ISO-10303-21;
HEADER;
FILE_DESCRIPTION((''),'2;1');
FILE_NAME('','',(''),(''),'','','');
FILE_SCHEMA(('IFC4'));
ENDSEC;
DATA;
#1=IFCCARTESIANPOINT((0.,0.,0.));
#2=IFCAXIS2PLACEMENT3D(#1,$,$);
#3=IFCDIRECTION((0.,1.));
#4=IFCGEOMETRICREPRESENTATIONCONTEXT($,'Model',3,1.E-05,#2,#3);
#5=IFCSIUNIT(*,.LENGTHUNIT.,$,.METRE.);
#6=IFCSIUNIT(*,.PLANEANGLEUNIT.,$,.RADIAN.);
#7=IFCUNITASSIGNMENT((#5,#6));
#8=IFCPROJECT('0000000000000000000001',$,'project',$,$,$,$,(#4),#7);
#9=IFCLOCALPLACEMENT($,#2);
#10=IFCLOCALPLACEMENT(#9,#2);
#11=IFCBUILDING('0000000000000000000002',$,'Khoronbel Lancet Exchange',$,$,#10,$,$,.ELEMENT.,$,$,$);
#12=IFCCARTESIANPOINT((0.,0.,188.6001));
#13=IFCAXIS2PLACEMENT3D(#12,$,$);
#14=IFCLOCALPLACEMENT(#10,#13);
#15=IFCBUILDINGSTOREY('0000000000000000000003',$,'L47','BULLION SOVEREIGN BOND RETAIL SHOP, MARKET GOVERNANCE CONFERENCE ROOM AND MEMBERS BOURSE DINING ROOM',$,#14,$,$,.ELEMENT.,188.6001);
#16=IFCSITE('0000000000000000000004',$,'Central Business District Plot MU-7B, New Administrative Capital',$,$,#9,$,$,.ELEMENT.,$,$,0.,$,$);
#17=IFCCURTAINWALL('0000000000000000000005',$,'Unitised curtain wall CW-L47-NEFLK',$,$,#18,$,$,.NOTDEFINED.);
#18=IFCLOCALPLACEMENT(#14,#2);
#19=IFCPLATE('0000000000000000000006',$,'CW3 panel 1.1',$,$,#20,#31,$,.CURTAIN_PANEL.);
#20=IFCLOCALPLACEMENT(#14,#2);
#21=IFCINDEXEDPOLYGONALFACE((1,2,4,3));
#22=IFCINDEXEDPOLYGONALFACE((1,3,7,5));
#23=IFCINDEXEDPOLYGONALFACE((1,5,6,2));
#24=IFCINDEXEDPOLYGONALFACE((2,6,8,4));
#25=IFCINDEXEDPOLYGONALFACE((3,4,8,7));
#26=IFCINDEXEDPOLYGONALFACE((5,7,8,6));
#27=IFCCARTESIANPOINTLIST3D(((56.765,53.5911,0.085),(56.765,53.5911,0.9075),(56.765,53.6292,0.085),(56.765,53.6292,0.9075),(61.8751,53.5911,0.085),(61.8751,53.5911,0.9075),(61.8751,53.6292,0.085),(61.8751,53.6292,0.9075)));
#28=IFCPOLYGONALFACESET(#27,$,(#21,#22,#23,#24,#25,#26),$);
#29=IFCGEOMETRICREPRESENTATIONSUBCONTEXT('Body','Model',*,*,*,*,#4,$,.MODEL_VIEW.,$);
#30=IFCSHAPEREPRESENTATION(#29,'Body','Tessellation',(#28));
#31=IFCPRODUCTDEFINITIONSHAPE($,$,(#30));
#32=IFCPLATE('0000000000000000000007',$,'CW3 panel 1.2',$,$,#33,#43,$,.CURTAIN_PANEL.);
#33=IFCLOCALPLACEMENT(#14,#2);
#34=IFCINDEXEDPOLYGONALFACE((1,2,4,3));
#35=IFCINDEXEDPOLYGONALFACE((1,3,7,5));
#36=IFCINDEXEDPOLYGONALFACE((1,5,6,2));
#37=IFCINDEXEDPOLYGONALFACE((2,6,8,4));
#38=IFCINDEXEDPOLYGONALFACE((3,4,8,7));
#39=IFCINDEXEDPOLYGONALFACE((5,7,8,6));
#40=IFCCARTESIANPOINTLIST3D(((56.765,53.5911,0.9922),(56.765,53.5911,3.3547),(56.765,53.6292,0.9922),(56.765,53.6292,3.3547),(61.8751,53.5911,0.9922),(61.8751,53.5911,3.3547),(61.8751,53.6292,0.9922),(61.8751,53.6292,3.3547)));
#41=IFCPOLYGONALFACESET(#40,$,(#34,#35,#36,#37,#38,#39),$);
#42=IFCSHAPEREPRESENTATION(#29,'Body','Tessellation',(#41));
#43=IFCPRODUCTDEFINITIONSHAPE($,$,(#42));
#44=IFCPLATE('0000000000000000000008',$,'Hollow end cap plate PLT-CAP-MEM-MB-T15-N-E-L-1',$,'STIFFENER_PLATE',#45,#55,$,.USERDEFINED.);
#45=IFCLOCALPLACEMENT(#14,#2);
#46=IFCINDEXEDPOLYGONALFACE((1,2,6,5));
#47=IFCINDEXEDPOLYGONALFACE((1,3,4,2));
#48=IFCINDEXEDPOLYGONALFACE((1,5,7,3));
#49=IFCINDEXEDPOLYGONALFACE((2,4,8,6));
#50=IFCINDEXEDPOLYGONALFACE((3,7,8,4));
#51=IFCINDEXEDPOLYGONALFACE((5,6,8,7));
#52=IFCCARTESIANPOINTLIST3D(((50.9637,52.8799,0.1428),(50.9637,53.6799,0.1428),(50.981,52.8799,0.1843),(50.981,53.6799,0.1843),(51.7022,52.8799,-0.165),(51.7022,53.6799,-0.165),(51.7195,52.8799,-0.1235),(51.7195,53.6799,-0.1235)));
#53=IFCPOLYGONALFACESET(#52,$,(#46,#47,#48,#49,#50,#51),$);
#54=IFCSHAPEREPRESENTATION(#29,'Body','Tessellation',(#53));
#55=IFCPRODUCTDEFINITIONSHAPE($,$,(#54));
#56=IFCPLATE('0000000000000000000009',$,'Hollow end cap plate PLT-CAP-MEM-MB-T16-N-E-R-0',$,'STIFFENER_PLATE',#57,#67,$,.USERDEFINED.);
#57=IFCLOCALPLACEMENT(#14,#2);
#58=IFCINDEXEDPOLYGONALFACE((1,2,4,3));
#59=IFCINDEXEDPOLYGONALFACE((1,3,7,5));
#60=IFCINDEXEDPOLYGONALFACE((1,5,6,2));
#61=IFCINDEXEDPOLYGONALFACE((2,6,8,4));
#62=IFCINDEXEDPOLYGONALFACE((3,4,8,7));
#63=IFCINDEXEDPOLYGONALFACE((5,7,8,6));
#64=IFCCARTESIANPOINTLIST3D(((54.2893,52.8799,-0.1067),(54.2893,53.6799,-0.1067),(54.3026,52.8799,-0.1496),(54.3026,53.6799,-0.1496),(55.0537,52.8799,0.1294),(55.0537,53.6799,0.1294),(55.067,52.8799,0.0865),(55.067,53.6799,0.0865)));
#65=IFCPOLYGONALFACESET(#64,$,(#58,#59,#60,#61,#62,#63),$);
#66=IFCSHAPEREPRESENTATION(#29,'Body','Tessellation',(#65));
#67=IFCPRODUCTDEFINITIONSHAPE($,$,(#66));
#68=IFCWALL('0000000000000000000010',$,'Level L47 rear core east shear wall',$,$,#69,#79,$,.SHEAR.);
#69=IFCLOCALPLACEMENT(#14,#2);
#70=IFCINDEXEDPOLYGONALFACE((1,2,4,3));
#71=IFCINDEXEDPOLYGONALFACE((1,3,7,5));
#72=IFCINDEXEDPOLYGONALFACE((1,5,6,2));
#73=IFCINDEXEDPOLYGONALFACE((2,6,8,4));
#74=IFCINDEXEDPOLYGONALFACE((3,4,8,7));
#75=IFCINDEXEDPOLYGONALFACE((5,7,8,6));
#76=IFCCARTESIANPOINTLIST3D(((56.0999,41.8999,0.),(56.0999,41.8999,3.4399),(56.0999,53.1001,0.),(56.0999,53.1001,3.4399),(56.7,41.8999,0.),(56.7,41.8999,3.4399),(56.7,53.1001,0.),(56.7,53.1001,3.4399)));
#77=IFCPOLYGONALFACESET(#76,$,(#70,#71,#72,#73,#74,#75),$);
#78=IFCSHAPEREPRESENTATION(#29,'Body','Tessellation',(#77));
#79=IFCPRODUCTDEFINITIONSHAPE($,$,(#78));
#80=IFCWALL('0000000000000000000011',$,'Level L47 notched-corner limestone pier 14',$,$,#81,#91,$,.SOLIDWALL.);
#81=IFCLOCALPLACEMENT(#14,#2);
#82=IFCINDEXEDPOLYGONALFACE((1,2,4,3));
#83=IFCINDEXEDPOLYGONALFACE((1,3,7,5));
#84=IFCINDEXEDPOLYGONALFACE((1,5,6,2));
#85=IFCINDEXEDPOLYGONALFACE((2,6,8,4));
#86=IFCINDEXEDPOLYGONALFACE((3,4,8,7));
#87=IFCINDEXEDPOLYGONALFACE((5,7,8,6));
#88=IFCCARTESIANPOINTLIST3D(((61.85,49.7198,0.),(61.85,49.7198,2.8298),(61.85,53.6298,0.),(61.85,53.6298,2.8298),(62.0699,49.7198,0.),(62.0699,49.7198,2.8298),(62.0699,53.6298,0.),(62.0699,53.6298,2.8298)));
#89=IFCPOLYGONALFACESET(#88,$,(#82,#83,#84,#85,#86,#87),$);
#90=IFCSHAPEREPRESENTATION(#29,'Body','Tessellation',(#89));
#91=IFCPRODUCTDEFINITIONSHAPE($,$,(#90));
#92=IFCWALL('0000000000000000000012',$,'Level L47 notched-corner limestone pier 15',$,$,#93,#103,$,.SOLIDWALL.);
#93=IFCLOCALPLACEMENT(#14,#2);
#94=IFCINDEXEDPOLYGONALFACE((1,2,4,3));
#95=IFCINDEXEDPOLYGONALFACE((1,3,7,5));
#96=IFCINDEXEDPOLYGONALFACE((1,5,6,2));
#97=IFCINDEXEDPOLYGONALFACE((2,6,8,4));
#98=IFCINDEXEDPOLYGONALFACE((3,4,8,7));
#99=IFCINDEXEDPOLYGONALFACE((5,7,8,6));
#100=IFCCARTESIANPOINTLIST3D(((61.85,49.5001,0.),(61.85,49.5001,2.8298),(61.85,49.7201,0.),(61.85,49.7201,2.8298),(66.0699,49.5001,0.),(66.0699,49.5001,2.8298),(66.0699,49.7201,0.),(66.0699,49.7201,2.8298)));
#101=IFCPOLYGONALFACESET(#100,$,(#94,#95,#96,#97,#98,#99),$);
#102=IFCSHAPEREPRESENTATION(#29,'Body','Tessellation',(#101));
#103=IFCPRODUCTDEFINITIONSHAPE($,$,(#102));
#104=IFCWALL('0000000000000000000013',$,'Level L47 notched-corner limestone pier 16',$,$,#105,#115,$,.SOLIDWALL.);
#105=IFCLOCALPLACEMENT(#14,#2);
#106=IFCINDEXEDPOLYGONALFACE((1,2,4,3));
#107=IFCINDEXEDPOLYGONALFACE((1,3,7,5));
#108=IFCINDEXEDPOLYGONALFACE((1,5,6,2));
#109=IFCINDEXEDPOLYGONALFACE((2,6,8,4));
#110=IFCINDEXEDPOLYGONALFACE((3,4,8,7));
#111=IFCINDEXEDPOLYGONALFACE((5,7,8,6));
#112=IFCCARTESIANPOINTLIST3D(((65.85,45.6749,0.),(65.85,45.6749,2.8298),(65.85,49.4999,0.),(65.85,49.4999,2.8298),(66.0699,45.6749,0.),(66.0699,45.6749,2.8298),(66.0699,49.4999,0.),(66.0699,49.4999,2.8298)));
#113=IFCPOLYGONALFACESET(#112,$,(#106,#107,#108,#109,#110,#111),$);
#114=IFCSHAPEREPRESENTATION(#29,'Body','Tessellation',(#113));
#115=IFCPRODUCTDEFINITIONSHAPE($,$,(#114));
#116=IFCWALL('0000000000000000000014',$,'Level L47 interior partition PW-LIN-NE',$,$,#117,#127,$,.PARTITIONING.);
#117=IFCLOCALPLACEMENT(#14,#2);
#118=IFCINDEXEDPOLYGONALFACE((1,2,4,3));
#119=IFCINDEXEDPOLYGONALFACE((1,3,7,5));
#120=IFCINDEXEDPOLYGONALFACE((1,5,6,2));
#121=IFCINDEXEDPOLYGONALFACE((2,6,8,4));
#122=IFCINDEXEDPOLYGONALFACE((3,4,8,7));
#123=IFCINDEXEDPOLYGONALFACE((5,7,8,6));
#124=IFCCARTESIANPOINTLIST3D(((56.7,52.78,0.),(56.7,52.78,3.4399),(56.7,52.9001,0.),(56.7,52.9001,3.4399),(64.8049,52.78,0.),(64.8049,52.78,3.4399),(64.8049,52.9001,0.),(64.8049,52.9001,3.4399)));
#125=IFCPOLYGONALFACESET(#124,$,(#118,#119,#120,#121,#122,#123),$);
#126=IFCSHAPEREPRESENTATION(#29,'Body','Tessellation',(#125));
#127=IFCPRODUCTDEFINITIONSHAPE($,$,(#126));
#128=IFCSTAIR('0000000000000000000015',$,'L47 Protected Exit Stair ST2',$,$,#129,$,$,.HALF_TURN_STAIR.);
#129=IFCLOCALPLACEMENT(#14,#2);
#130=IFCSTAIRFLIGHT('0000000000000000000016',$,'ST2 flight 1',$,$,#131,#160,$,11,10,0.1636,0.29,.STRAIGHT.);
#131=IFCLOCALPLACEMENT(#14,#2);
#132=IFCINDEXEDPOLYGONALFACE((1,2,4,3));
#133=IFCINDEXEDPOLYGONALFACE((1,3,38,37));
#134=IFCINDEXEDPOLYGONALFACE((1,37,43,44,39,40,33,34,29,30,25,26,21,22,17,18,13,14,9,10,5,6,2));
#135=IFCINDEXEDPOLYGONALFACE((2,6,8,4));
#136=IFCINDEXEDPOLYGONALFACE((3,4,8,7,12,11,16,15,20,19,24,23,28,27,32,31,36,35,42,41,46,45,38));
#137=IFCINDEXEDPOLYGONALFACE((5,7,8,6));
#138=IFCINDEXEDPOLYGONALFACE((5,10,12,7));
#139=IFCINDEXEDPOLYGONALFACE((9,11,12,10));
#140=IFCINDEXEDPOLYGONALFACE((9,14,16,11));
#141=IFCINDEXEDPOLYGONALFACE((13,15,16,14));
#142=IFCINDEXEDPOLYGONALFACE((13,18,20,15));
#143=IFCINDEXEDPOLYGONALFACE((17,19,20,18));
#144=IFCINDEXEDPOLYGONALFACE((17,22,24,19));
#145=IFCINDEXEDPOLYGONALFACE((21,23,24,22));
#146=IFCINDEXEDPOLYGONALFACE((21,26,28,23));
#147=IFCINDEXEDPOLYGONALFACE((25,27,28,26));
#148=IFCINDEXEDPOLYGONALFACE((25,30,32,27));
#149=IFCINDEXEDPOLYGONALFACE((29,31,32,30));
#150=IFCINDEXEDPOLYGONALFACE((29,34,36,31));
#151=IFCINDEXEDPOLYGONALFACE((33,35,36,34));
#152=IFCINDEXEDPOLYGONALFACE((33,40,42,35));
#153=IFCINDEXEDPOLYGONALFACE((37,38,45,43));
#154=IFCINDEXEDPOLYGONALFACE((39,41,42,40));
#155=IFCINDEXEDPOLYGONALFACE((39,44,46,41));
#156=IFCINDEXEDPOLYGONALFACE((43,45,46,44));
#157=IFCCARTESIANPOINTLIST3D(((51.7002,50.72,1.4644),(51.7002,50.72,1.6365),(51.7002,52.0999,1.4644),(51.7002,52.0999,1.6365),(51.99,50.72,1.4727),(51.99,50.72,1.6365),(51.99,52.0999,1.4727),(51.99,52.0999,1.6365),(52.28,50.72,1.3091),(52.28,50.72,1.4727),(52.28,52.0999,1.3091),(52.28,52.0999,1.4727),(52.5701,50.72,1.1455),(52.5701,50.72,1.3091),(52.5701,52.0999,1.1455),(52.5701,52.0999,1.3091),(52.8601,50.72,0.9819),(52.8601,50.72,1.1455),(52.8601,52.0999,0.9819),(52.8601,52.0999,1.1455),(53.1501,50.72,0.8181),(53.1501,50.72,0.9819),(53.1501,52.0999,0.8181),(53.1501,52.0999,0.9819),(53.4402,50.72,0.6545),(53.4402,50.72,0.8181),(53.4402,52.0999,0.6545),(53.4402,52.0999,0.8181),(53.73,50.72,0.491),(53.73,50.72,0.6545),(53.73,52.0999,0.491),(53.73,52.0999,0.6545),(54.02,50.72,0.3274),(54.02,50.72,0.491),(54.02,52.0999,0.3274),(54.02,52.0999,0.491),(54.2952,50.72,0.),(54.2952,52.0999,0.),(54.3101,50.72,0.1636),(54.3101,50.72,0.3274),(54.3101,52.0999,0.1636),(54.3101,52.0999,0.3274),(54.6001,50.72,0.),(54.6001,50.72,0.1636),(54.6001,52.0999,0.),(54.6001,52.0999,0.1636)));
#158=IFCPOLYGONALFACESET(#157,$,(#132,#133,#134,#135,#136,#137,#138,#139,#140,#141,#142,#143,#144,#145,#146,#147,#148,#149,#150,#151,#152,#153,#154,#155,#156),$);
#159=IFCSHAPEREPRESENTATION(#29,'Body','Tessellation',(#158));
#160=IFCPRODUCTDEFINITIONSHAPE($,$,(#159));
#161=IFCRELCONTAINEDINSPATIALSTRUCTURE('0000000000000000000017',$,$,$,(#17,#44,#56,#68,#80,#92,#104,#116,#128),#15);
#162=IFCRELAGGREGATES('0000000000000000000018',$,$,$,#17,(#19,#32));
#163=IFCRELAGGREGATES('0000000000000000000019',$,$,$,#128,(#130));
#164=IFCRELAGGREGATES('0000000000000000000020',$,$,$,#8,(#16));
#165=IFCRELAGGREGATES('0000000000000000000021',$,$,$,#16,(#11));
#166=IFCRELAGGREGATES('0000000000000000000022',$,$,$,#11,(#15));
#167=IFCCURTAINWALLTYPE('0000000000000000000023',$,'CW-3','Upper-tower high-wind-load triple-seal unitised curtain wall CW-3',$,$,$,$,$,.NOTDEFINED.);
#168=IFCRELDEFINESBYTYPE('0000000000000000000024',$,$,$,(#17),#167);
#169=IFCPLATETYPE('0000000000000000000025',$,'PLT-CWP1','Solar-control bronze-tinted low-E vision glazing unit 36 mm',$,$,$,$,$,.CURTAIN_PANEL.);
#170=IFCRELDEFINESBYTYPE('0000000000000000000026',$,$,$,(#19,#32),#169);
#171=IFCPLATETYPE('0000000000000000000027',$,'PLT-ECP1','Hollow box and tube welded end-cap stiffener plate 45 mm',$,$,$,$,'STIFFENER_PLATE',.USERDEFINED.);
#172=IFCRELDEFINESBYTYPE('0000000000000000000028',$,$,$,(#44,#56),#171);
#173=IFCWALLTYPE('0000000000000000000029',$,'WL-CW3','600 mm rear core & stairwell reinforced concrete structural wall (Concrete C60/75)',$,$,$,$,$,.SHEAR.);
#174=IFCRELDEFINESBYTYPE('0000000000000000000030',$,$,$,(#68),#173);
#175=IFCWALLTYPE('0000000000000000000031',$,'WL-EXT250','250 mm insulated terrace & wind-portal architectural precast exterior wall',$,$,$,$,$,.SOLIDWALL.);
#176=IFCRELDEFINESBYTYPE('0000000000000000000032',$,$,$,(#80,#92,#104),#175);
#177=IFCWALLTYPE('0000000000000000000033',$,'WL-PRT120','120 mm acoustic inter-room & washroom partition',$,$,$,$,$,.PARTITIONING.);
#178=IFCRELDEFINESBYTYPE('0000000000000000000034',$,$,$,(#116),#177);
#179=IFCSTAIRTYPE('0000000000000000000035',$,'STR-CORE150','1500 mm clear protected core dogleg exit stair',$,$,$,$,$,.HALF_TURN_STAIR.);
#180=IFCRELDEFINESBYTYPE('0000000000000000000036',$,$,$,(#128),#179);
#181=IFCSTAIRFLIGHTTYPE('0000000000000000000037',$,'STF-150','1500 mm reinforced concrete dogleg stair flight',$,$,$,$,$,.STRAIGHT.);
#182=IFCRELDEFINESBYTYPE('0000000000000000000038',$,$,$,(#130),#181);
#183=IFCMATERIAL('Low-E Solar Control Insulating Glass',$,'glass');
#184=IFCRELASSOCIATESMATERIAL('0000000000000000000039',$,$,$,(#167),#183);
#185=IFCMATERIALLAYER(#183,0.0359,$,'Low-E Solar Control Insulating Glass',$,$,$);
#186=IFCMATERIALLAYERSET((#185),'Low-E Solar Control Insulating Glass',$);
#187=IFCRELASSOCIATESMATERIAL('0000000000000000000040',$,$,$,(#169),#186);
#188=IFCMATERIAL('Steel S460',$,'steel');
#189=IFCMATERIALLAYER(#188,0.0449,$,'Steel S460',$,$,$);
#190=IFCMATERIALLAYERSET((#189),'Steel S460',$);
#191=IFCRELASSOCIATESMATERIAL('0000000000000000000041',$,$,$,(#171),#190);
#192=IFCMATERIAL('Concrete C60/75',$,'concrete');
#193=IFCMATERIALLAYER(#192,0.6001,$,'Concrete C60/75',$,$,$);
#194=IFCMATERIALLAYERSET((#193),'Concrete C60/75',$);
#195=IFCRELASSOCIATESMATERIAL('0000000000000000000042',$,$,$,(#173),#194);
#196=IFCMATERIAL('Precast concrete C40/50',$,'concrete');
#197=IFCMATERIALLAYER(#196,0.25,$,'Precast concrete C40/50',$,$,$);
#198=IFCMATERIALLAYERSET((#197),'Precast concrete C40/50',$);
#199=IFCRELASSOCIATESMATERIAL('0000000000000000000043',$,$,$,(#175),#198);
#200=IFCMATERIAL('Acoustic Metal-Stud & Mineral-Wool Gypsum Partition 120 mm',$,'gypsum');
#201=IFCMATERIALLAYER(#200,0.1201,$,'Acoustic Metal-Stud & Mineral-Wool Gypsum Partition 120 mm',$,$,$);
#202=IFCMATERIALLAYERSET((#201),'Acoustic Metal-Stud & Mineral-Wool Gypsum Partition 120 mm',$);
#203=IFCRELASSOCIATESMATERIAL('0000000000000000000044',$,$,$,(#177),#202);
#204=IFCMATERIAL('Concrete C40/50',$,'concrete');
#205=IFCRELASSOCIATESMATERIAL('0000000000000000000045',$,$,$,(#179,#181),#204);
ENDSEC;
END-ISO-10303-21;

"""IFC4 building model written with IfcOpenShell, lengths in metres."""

from ifc_helpers import new_model, si_unit, direction, frame, frame_2d, origin, origin_2d, place, context, subcontext, project, spatial, polyline, rectangle, outline, extrude, material, layer, layer_set, type_object, element, aggregate, save


model = new_model("IFC4")

# Units and contexts
model_context = context("Model", 3, precision=1e-05, world=origin(), true_north=direction((0.0, 1.0)))
body_context = subcontext(model_context, "Body", "Model", "MODEL_VIEW")
ifc_project = project(units=[si_unit("LENGTHUNIT", "METRE"), si_unit("PLANEANGLEUNIT", "RADIAN")], contexts=[model_context])

# Site, building, storey
site_placement = place(None, origin())
site = spatial("IfcSite", under=ifc_project, at=site_placement, Name="Central Business District Plot MU-7B, New Administrative Capital", CompositionType="ELEMENT", RefElevation=0.0)
building_placement = place(site_placement, origin())
building = spatial("IfcBuilding", under=site, at=building_placement, Name="Khoronbel Lancet Exchange", CompositionType="ELEMENT")
storey_placement = place(building_placement, frame((0.0, 0.0, 188.6001)))
storey = spatial("IfcBuildingStorey", under=building, at=storey_placement, Name="L47", Description="BULLION SOVEREIGN BOND RETAIL SHOP, MARKET GOVERNANCE CONFERENCE ROOM AND MEMBERS BOURSE DINING ROOM", CompositionType="ELEMENT", Elevation=188.6001)

# Shared definitions
ifc_material_1 = material(Name="Steel S460", Category="steel")

# Curtain wall
ifc_material_2 = material(Name="Low-E Solar Control Insulating Glass", Category="glass")
curtain_wall_type = type_object("IfcCurtainWallType", Name="CW-3", Description="Upper-tower high-wind-load triple-seal unitised curtain wall CW-3", PredefinedType="NOTDEFINED", material=ifc_material_2)
curtain_wall_placement = place(storey_placement, origin())
curtain_wall = element("IfcCurtainWall", 1, at=curtain_wall_placement, inside=storey, type_object=curtain_wall_type, Name="Unitised curtain wall CW-L47-NEFLK", PredefinedType="NOTDEFINED")

# Plates
ifc_layer_1 = layer(ifc_material_2, 0.0359, Name="Low-E Solar Control Insulating Glass")
ifc_layer_set_1 = layer_set([ifc_layer_1], Name="Low-E Solar Control Insulating Glass")
plate_type_1 = type_object("IfcPlateType", Name="PLT-CWP1", Description="Solar-control bronze-tinted low-E vision glazing unit 36 mm", PredefinedType="CURTAIN_PANEL", material=ifc_layer_set_1)
plate_1_placement = place(storey_placement, frame((59.3201, 53.6101, 0.085), z_axis=(0.0, 0.0, 1.0), x_axis=(-1.0, 0.0, 0.0)))
plate_1 = element("IfcPlate", 2, at=plate_1_placement, type_object=plate_type_1, Name="CW3 panel 1.1", PredefinedType="CURTAIN_PANEL", context=body_context, shape_type="SweptSolid", body=[
    extrude(rectangle(XDim=5.1101, YDim=0.0381, at=origin_2d()), origin(), (0.0, 0.0, 1.0), 0.8225),
])
plate_2_placement = place(storey_placement, frame((59.3201, 53.6101, 0.9922), z_axis=(0.0, 0.0, 1.0), x_axis=(-1.0, 0.0, 0.0)))
plate_2 = element("IfcPlate", 3, at=plate_2_placement, type_object=plate_type_1, Name="CW3 panel 1.2", PredefinedType="CURTAIN_PANEL", context=body_context, shape_type="SweptSolid", body=[
    extrude(rectangle(XDim=5.1101, YDim=0.0381, at=origin_2d()), origin(), (0.0, 0.0, 1.0), 2.3625),
])
aggregate(curtain_wall, [plate_1, plate_2])

# Plates
ifc_layer_2 = layer(ifc_material_1, 0.0449, Name="Steel S460")
ifc_layer_set_2 = layer_set([ifc_layer_2], Name="Steel S460")
plate_type_2 = type_object("IfcPlateType", Name="PLT-ECP1", Description="Hollow box and tube welded end-cap stiffener plate 45 mm", ElementType="STIFFENER_PLATE", PredefinedType="USERDEFINED", material=ifc_layer_set_2)
for number, where, z_axis, x_axis, name in (
    (4, (51.7195, 52.8799, -0.1235), (0.384767, 0.0, 0.923014), (0.0, 1.0, 0.0), "Hollow end cap plate PLT-CAP-MEM-MB-T15-N-E-L-1"),
    (5, (54.2893, 53.6799, -0.1067), (-0.295094, 0.0, 0.955468), (0.0, -1.0, 0.0), "Hollow end cap plate PLT-CAP-MEM-MB-T16-N-E-R-0"),
):
    element("IfcPlate", number, at=place(storey_placement, frame(where, z_axis=z_axis, x_axis=x_axis)), inside=storey, type_object=plate_type_2, Name=name, ObjectType="STIFFENER_PLATE", PredefinedType="USERDEFINED", context=body_context, shape_type="SweptSolid", body=[
        extrude(outline(polyline([(0.0, 0.0), (0.8, 0.0), (0.8, 0.8), (0.0, 0.8), (0.0, 0.0)])), origin(), (0.0, 0.0, -1.0), 0.0449),
    ])

# Walls
ifc_material_3 = material(Name="Concrete C60/75", Category="concrete")
ifc_layer_3 = layer(ifc_material_3, 0.6001, Name="Concrete C60/75")
ifc_layer_set_3 = layer_set([ifc_layer_3], Name="Concrete C60/75")
wall_type_1 = type_object("IfcWallType", Name="WL-CW3", Description="600 mm rear core & stairwell reinforced concrete structural wall (Concrete C60/75)", PredefinedType="SHEAR", material=ifc_layer_set_3)
wall_1_placement = place(storey_placement, frame((56.3999, 53.1001, 0.0), z_axis=(0.0, 0.0, 1.0), x_axis=(0.0, -1.0, 0.0)))
element("IfcWall", 6, at=wall_1_placement, inside=storey, type_object=wall_type_1, Name="Level L47 rear core east shear wall", PredefinedType="SHEAR", context=body_context, shape_type="SweptSolid", body=[
    extrude(rectangle(XDim=11.2002, YDim=0.6001, at=frame_2d((5.6001, 0.0))), origin(), (0.0, 0.0, 1.0), 3.4399),
])
ifc_material_4 = material(Name="Precast concrete C40/50", Category="concrete")
ifc_layer_4 = layer(ifc_material_4, 0.25, Name="Precast concrete C40/50")
ifc_layer_set_4 = layer_set([ifc_layer_4], Name="Precast concrete C40/50")
wall_type_2 = type_object("IfcWallType", Name="WL-EXT250", Description="250 mm insulated terrace & wind-portal architectural precast exterior wall", PredefinedType="SOLIDWALL", material=ifc_layer_set_4)
wall_2_placement = place(storey_placement, frame((61.96, 53.6299, 0.0), z_axis=(0.0, 0.0, 1.0), x_axis=(0.0, -1.0, 0.0)))
element("IfcWall", 7, at=wall_2_placement, inside=storey, type_object=wall_type_2, Name="Level L47 notched-corner limestone pier 14", PredefinedType="SOLIDWALL", context=body_context, shape_type="SweptSolid", body=[
    extrude(rectangle(XDim=3.9099, YDim=0.22, at=frame_2d((1.9551, 0.0))), origin(), (0.0, 0.0, 1.0), 2.8298),
])
wall_3_placement = place(storey_placement, frame((61.8501, 49.6101, 0.0), z_axis=(0.0, 0.0, 1.0), x_axis=(1.0, 0.0, 0.0)))
element("IfcWall", 8, at=wall_3_placement, inside=storey, type_object=wall_type_2, Name="Level L47 notched-corner limestone pier 15", PredefinedType="SOLIDWALL", context=body_context, shape_type="SweptSolid", body=[
    extrude(rectangle(XDim=4.22, YDim=0.22, at=frame_2d((2.1099, 0.0))), origin(), (0.0, 0.0, 1.0), 2.8298),
])
wall_4_placement = place(storey_placement, frame((65.96, 49.5, 0.0), z_axis=(0.0, 0.0, 1.0), x_axis=(0.0, -1.0, 0.0)))
element("IfcWall", 9, at=wall_4_placement, inside=storey, type_object=wall_type_2, Name="Level L47 notched-corner limestone pier 16", PredefinedType="SOLIDWALL", context=body_context, shape_type="SweptSolid", body=[
    extrude(rectangle(XDim=3.825, YDim=0.22, at=frame_2d((1.9126, 0.0))), origin(), (0.0, 0.0, 1.0), 2.8298),
])
ifc_material_5 = material(Name="Acoustic Metal-Stud & Mineral-Wool Gypsum Partition 120 mm", Category="gypsum")
ifc_layer_5 = layer(ifc_material_5, 0.1201, Name="Acoustic Metal-Stud & Mineral-Wool Gypsum Partition 120 mm")
ifc_layer_set_5 = layer_set([ifc_layer_5], Name="Acoustic Metal-Stud & Mineral-Wool Gypsum Partition 120 mm")
wall_type_3 = type_object("IfcWallType", Name="WL-PRT120", Description="120 mm acoustic inter-room & washroom partition", PredefinedType="PARTITIONING", material=ifc_layer_set_5)
wall_5_placement = place(storey_placement, frame((56.7, 52.8401, 0.0), z_axis=(0.0, 0.0, 1.0), x_axis=(1.0, 0.0, 0.0)))
element("IfcWall", 10, at=wall_5_placement, inside=storey, type_object=wall_type_3, Name="Level L47 interior partition PW-LIN-NE", PredefinedType="PARTITIONING", context=body_context, shape_type="SweptSolid", body=[
    extrude(rectangle(XDim=8.105, YDim=0.1201, at=frame_2d((4.0525, 0.0))), origin(), (0.0, 0.0, 1.0), 3.4399),
])

# Stair, stair flight
ifc_material_6 = material(Name="Concrete C40/50", Category="concrete")
stair_type = type_object("IfcStairType", Name="STR-CORE150", Description="1500 mm clear protected core dogleg exit stair", PredefinedType="HALF_TURN_STAIR", material=ifc_material_6)
stair_placement = place(storey_placement, origin())
stair = element("IfcStair", 11, at=stair_placement, inside=storey, type_object=stair_type, Name="L47 Protected Exit Stair ST2", PredefinedType="HALF_TURN_STAIR")
stair_flight_type = type_object("IfcStairFlightType", Name="STF-150", Description="1500 mm reinforced concrete dogleg stair flight", PredefinedType="STRAIGHT", material=ifc_material_6)
stair_flight_placement = place(storey_placement, frame((54.6001, 51.4099, 0.0), z_axis=(0.0, 0.0, 1.0), x_axis=(-1.0, 0.0, 0.0)))
stair_flight = element("IfcStairFlight", 12, at=stair_flight_placement, type_object=stair_flight_type, Name="ST2 flight 1", NumberOfRisers=11, NumberOfTreads=10, PredefinedType="STRAIGHT", RiserHeight=0.1636, TreadLength=0.29, context=body_context, shape_type="SweptSolid", body=[
    extrude(outline(polyline([(0.0, 0.0), (0.0, 0.1636), (0.29, 0.1636), (0.29, 0.3274), (0.5801, 0.3274), (0.5801, 0.491), (0.8701, 0.491), (0.8701, 0.6545), (1.1599, 0.6545), (1.1599, 0.8181), (1.45, 0.8181), (1.45, 0.9819), (1.74, 0.9819), (1.74, 1.1455), (2.03, 1.1455), (2.03, 1.3091), (2.3201, 1.3091), (2.3201, 1.4727), (2.6101, 1.4727), (2.6101, 1.6365), (2.8999, 1.6365), (2.8999, 1.8), (2.8999, 1.4644), (0.3049, 0.0), (0.0, 0.0)])), frame((0.0, 0.6899, 0.0), z_axis=(0.0, -1.0, 0.0), x_axis=(1.0, 0.0, 0.0)), (0.0, 0.0, 1.0), 1.3799),
])
aggregate(stair, [stair_flight])

save(model, "model.ifc")
